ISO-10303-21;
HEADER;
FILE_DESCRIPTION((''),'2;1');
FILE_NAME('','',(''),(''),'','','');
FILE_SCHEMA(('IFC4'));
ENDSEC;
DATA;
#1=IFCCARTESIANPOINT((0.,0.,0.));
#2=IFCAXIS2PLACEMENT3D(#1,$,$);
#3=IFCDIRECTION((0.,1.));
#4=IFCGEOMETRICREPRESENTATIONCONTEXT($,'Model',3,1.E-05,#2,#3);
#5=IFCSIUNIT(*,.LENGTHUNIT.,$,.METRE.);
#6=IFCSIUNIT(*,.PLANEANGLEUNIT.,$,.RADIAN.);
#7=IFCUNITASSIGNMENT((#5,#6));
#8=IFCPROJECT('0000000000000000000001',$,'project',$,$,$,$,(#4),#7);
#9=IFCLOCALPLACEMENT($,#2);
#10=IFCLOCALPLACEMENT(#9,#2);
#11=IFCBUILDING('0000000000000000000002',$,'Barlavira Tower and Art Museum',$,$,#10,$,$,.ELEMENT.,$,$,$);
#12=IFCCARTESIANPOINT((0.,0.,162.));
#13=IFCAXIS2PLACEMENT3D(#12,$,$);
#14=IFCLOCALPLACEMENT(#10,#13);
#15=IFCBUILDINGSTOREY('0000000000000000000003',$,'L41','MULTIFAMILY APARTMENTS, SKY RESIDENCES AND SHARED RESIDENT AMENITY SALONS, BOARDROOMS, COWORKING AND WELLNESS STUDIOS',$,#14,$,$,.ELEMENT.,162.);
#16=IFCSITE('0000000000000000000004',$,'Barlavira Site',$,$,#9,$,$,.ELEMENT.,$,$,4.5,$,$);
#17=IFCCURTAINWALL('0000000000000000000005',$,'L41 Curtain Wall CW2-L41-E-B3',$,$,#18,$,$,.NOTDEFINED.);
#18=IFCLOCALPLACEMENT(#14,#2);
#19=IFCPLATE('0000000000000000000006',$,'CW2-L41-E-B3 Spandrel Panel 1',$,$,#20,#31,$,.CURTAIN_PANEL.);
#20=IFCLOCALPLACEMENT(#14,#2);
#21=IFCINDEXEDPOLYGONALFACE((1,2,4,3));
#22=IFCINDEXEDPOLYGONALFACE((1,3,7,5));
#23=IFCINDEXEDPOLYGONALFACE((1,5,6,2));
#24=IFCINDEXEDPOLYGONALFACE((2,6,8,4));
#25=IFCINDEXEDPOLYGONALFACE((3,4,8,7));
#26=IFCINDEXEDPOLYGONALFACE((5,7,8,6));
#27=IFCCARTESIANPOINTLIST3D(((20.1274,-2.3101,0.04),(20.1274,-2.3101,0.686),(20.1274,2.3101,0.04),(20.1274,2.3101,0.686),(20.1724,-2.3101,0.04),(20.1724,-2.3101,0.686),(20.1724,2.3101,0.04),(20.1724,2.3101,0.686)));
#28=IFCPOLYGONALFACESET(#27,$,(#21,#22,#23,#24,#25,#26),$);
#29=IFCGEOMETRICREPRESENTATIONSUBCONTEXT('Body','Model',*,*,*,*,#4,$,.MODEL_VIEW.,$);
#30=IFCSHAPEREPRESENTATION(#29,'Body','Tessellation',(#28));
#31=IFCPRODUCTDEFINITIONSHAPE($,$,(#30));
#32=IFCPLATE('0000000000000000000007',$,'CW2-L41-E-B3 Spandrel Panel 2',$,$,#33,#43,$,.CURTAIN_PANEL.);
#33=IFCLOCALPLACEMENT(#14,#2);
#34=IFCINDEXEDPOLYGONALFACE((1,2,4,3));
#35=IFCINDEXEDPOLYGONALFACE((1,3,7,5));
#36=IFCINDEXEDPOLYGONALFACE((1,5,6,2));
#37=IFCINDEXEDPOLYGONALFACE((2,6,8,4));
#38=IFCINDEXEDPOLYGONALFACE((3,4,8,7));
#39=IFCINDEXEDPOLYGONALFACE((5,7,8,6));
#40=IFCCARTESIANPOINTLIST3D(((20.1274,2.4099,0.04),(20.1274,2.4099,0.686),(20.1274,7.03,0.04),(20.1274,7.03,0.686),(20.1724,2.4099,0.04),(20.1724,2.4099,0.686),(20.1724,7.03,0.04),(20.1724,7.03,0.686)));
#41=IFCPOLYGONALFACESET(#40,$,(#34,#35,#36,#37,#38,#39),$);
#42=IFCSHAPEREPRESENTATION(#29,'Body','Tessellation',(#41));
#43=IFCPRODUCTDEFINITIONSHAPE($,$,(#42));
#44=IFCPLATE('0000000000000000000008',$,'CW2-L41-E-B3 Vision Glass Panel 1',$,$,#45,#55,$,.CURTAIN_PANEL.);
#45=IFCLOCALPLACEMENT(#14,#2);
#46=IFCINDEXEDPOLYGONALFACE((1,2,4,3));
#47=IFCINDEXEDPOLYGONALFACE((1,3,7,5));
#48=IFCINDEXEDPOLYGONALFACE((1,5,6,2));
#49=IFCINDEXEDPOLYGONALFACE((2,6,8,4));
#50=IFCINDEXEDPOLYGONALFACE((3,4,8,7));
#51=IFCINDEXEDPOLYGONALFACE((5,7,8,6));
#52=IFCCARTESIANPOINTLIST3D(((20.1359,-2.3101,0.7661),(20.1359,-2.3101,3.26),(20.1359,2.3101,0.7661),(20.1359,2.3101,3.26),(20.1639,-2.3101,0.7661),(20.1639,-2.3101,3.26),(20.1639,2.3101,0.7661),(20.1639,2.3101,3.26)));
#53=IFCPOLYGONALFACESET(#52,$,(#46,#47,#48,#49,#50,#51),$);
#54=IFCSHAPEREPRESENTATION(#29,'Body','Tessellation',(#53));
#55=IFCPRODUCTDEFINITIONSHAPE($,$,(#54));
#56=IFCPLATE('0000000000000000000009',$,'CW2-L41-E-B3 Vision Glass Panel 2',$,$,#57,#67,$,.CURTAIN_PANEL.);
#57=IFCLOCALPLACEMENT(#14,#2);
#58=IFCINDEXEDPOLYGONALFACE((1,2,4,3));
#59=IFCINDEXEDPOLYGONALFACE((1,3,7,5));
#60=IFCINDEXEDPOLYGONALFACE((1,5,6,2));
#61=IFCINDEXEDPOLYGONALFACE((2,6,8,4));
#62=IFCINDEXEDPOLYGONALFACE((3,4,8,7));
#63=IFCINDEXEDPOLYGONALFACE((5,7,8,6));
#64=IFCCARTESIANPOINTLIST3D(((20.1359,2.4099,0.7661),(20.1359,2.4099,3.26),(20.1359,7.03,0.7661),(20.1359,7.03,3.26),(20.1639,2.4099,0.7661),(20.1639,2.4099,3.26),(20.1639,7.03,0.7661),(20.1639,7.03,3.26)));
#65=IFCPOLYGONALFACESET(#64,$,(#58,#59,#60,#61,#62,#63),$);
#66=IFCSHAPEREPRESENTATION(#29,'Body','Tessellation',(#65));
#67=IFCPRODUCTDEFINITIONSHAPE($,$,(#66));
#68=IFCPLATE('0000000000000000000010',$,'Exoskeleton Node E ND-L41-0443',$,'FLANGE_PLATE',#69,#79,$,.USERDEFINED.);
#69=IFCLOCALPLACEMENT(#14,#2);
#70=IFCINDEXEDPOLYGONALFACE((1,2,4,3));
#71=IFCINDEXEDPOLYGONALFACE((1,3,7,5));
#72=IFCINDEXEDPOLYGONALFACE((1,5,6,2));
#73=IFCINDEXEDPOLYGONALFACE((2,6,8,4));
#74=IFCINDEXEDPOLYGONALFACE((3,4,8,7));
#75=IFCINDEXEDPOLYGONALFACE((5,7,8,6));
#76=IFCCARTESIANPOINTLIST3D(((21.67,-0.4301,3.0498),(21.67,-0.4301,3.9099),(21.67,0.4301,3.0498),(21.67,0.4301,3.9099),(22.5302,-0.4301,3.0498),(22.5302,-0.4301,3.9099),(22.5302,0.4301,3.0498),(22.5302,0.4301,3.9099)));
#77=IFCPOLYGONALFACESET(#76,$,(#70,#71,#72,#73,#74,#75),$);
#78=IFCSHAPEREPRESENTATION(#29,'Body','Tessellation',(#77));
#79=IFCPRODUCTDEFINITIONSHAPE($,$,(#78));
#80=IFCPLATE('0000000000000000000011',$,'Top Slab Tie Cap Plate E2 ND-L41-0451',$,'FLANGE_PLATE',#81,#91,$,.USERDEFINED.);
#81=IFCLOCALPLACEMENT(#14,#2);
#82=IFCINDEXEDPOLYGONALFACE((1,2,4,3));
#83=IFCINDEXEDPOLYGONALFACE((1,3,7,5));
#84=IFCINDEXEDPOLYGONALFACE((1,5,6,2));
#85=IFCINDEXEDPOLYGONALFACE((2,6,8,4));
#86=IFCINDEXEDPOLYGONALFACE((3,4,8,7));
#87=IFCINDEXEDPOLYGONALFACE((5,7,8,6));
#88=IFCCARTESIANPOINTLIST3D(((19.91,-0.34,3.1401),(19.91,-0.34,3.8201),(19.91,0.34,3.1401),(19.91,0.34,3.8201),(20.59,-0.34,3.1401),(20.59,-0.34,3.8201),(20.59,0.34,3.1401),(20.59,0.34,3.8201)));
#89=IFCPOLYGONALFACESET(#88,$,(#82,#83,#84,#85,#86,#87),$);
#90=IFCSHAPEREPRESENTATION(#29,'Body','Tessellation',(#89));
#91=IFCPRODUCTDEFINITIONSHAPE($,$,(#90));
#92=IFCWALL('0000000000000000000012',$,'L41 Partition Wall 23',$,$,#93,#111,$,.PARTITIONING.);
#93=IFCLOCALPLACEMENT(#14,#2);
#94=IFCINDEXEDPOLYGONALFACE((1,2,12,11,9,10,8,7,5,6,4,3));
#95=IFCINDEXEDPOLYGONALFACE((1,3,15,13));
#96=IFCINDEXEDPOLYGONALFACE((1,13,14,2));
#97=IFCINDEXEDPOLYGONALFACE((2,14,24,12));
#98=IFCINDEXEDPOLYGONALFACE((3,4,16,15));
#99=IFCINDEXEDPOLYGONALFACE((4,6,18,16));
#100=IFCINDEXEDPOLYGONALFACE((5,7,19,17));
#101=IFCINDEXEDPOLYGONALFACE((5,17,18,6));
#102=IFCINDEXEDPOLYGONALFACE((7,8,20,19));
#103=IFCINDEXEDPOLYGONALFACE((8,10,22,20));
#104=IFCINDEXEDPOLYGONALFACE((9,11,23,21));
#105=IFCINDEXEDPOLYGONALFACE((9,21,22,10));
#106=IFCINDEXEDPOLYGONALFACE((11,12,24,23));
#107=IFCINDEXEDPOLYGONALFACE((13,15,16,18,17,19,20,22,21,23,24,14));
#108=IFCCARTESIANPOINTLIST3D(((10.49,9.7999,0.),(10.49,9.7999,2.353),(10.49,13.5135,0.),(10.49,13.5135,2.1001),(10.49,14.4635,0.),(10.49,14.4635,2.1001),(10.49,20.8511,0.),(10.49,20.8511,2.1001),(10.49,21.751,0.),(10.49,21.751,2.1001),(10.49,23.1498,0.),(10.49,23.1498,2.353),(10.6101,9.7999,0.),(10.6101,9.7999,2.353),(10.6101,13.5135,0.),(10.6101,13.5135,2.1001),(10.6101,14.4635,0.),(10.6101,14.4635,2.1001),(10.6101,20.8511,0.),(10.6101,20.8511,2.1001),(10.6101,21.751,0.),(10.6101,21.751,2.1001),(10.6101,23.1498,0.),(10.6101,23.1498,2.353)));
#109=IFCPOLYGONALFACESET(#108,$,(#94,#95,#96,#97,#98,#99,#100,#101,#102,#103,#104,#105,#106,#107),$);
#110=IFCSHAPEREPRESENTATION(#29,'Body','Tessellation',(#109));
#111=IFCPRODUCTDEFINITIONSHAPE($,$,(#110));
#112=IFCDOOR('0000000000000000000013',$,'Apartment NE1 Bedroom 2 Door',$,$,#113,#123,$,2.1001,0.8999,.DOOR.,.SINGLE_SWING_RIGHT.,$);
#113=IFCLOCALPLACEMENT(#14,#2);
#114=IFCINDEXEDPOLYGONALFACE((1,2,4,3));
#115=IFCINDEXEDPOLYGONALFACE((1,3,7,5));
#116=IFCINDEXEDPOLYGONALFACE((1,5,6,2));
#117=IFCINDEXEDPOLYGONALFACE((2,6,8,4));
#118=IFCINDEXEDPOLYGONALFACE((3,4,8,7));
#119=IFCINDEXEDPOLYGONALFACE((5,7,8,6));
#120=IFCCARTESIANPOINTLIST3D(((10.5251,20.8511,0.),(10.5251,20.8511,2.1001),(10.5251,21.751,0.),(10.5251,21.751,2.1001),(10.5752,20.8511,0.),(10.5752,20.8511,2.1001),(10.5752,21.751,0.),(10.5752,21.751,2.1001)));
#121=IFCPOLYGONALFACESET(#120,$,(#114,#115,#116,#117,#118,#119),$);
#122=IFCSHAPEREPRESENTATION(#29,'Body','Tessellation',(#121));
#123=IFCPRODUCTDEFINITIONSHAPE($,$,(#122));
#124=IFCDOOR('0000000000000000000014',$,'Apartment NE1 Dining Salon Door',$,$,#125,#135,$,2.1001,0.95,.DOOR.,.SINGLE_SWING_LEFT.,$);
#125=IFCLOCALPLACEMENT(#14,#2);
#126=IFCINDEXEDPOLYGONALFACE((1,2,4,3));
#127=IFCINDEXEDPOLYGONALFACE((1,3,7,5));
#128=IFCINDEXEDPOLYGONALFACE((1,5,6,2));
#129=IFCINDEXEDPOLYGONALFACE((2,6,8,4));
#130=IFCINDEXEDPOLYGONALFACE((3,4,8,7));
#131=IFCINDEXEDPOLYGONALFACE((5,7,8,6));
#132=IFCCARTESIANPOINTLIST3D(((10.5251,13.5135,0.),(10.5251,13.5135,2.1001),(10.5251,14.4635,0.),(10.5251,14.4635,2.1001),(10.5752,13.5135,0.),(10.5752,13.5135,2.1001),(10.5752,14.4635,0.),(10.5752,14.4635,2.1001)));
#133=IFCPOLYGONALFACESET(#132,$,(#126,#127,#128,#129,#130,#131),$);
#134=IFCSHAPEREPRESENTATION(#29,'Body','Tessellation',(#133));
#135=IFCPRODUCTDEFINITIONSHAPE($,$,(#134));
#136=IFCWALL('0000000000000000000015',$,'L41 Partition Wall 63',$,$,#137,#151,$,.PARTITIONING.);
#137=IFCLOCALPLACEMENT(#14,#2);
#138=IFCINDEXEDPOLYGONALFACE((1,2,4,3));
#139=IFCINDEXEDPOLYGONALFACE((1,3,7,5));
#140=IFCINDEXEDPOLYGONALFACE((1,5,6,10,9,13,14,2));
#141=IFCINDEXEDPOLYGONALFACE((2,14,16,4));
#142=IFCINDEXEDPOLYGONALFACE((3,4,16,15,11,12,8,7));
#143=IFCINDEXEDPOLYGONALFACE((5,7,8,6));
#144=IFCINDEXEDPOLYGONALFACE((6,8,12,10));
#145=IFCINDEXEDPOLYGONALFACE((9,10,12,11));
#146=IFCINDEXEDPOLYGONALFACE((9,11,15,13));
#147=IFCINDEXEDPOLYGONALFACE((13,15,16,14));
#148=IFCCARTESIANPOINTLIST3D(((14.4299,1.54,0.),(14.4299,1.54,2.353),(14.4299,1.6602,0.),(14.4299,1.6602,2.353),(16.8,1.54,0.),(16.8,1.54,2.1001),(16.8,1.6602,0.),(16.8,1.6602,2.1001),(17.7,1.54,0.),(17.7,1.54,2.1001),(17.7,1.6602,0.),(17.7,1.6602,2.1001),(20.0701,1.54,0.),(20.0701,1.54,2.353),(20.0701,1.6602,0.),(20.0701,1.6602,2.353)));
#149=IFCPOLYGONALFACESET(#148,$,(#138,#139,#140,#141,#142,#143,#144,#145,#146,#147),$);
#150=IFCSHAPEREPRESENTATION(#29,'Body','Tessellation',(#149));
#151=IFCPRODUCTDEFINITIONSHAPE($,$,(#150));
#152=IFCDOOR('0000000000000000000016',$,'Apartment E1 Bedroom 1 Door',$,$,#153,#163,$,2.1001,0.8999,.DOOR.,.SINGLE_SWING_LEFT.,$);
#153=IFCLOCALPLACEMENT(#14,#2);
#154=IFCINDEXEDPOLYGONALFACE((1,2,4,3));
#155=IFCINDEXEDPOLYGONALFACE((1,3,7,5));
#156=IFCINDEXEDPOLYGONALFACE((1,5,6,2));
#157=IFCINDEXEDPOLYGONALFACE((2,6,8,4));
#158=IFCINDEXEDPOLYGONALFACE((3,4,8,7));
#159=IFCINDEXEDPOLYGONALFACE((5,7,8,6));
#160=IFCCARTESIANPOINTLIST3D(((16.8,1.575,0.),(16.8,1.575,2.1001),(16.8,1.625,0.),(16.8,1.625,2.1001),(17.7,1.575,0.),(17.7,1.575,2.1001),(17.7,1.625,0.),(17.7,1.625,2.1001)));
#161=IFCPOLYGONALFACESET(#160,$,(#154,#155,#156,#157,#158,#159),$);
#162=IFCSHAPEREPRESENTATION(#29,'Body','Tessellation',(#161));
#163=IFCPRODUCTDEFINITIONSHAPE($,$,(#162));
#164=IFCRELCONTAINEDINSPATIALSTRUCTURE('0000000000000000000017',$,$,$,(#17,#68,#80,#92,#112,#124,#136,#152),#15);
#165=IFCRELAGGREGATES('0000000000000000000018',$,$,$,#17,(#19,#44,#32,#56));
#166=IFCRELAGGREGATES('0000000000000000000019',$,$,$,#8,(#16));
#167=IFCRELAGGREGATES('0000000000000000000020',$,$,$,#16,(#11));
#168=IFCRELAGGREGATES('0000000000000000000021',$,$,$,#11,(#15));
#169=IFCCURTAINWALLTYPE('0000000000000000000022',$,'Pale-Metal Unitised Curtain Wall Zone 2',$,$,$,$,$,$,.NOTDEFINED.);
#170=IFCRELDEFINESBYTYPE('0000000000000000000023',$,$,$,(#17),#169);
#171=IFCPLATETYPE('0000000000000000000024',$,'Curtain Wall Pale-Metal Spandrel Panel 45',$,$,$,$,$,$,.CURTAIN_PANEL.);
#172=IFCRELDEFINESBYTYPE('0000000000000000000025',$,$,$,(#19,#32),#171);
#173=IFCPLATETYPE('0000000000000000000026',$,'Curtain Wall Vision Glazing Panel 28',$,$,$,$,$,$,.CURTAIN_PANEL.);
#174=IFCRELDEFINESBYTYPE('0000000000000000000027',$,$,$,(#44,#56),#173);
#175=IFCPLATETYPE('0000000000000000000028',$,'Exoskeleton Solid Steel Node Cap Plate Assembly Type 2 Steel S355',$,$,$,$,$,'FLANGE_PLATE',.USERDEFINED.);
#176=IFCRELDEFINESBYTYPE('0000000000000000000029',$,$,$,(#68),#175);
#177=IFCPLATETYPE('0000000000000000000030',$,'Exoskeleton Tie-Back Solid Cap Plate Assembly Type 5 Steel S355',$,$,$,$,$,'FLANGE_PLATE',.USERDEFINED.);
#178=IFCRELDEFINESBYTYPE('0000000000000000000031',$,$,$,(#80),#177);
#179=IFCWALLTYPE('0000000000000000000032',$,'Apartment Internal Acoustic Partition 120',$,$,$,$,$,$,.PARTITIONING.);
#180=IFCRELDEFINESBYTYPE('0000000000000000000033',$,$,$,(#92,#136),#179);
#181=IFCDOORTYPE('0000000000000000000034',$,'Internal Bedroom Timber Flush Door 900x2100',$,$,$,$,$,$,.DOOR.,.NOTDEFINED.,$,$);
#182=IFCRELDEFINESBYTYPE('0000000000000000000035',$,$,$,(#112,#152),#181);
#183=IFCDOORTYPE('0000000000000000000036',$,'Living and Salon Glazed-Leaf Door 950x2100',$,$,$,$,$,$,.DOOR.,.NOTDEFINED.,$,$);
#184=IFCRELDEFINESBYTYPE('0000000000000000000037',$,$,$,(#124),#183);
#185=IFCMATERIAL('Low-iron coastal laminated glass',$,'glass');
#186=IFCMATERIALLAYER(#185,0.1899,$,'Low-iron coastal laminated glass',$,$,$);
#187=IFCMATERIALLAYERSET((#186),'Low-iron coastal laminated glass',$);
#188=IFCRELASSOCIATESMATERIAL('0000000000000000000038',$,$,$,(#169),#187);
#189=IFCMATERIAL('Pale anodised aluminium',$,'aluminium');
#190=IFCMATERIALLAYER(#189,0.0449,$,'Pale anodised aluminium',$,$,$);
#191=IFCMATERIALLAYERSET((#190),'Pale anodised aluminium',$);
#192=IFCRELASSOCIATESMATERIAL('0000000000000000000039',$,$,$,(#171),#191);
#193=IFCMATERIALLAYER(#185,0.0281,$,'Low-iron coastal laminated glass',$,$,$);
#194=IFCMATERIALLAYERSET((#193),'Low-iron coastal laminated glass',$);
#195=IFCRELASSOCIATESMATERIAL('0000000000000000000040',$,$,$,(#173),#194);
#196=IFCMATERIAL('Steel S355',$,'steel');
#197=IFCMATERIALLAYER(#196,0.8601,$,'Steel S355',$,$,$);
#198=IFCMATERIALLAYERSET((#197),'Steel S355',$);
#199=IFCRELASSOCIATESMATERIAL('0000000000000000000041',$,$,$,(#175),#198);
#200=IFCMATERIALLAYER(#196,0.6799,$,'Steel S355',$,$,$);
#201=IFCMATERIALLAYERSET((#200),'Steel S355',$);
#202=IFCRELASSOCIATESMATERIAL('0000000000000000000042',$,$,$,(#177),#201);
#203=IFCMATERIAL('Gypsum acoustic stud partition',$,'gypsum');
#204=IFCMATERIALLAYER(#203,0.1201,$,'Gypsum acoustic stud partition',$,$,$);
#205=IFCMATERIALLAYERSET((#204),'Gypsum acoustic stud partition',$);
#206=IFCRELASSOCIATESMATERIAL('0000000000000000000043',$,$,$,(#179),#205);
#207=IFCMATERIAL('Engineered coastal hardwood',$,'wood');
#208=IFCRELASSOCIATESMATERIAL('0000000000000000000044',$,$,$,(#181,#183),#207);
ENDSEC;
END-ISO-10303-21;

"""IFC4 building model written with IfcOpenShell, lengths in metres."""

from ifc_helpers import new_model, si_unit, direction, frame, frame_2d, origin, origin_2d, place, context, subcontext, project, spatial, rectangle, extrude, material, layer, layer_set, type_object, element, fill, aggregate, save


model = new_model("IFC4")

# Units and contexts
model_context = context("Model", 3, precision=1e-05, world=origin(), true_north=direction((0.0, 1.0)))
body_context = subcontext(model_context, "Body", "Model", "MODEL_VIEW")
ifc_project = project(units=[si_unit("LENGTHUNIT", "METRE"), si_unit("PLANEANGLEUNIT", "RADIAN")], contexts=[model_context])

# Site, building, storey
site_placement = place(None, origin())
site = spatial("IfcSite", under=ifc_project, at=site_placement, Name="Barlavira Site", CompositionType="ELEMENT", RefElevation=4.5)
building_placement = place(site_placement, origin())
building = spatial("IfcBuilding", under=site, at=building_placement, Name="Barlavira Tower and Art Museum", CompositionType="ELEMENT")
storey_placement = place(building_placement, frame((0.0, 0.0, 162.0)))
storey = spatial("IfcBuildingStorey", under=building, at=storey_placement, Name="L41", Description="MULTIFAMILY APARTMENTS, SKY RESIDENCES AND SHARED RESIDENT AMENITY SALONS, BOARDROOMS, COWORKING AND WELLNESS STUDIOS", CompositionType="ELEMENT", Elevation=162.0)

# Curtain wall
ifc_material_1 = material(Name="Low-iron coastal laminated glass", Category="glass")
ifc_layer_1 = layer(ifc_material_1, 0.1899, Name="Low-iron coastal laminated glass")
ifc_layer_set_1 = layer_set([ifc_layer_1], Name="Low-iron coastal laminated glass")
curtain_wall_type = type_object("IfcCurtainWallType", Name="Pale-Metal Unitised Curtain Wall Zone 2", PredefinedType="NOTDEFINED", material=ifc_layer_set_1)
curtain_wall_placement = place(storey_placement, origin())
curtain_wall = element("IfcCurtainWall", 1, at=curtain_wall_placement, inside=storey, type_object=curtain_wall_type, Name="L41 Curtain Wall CW2-L41-E-B3", PredefinedType="NOTDEFINED")
ifc_material_2 = material(Name="Pale anodised aluminium", Category="aluminium")

# Shared definitions
ifc_material_3 = material(Name="Steel S355", Category="steel")

# Plates
ifc_layer_2 = layer(ifc_material_2, 0.0449, Name="Pale anodised aluminium")
ifc_layer_set_2 = layer_set([ifc_layer_2], Name="Pale anodised aluminium")
plate_type_1 = type_object("IfcPlateType", Name="Curtain Wall Pale-Metal Spandrel Panel 45", PredefinedType="CURTAIN_PANEL", material=ifc_layer_set_2)
plate_1_placement = place(storey_placement, frame((20.1499, 0.0, 0.04), z_axis=(0.0, 0.0, 1.0), x_axis=(0.0, 1.0, 0.0)))
plate_1 = element("IfcPlate", 2, at=plate_1_placement, type_object=plate_type_1, Name="CW2-L41-E-B3 Spandrel Panel 1", PredefinedType="CURTAIN_PANEL", context=body_context, shape_type="SweptSolid", body=[
    extrude(rectangle(XDim=4.6201, YDim=0.0449, at=origin_2d()), origin(), (0.0, 0.0, 1.0), 0.646),
])
plate_2_placement = place(storey_placement, frame((20.1499, 4.72, 0.04), z_axis=(0.0, 0.0, 1.0), x_axis=(0.0, 1.0, 0.0)))
plate_2 = element("IfcPlate", 3, at=plate_2_placement, type_object=plate_type_1, Name="CW2-L41-E-B3 Spandrel Panel 2", PredefinedType="CURTAIN_PANEL", context=body_context, shape_type="SweptSolid", body=[
    extrude(rectangle(XDim=4.6201, YDim=0.0449, at=origin_2d()), origin(), (0.0, 0.0, 1.0), 0.646),
])
ifc_layer_3 = layer(ifc_material_1, 0.0281, Name="Low-iron coastal laminated glass")
ifc_layer_set_3 = layer_set([ifc_layer_3], Name="Low-iron coastal laminated glass")
plate_type_2 = type_object("IfcPlateType", Name="Curtain Wall Vision Glazing Panel 28", PredefinedType="CURTAIN_PANEL", material=ifc_layer_set_3)
plate_3_placement = place(storey_placement, frame((20.1499, 0.0, 0.7661), z_axis=(0.0, 0.0, 1.0), x_axis=(0.0, 1.0, 0.0)))
plate_3 = element("IfcPlate", 4, at=plate_3_placement, type_object=plate_type_2, Name="CW2-L41-E-B3 Vision Glass Panel 1", PredefinedType="CURTAIN_PANEL", context=body_context, shape_type="SweptSolid", body=[
    extrude(rectangle(XDim=4.6201, YDim=0.0281, at=origin_2d()), origin(), (0.0, 0.0, 1.0), 2.4939),
])
plate_4_placement = place(storey_placement, frame((20.1499, 4.72, 0.7661), z_axis=(0.0, 0.0, 1.0), x_axis=(0.0, 1.0, 0.0)))
plate_4 = element("IfcPlate", 5, at=plate_4_placement, type_object=plate_type_2, Name="CW2-L41-E-B3 Vision Glass Panel 2", PredefinedType="CURTAIN_PANEL", context=body_context, shape_type="SweptSolid", body=[
    extrude(rectangle(XDim=4.6201, YDim=0.0281, at=origin_2d()), origin(), (0.0, 0.0, 1.0), 2.4939),
])
aggregate(curtain_wall, [plate_1, plate_3, plate_2, plate_4])

# Plates
ifc_layer_4 = layer(ifc_material_3, 0.8601, Name="Steel S355")
ifc_layer_set_4 = layer_set([ifc_layer_4], Name="Steel S355")
plate_type_3 = type_object("IfcPlateType", Name="Exoskeleton Solid Steel Node Cap Plate Assembly Type 2 Steel S355", ElementType="FLANGE_PLATE", PredefinedType="USERDEFINED", material=ifc_layer_set_4)
plate_5_placement = place(storey_placement, frame((22.1001, 0.0, 3.0498), z_axis=(0.0, 0.0, 1.0), x_axis=(1.0, 0.0, 0.0)))
element("IfcPlate", 6, at=plate_5_placement, inside=storey, type_object=plate_type_3, Name="Exoskeleton Node E ND-L41-0443", ObjectType="FLANGE_PLATE", PredefinedType="USERDEFINED", context=body_context, shape_type="SweptSolid", body=[
    extrude(rectangle(XDim=0.8601, YDim=0.8601, at=origin_2d()), origin(), (0.0, 0.0, 1.0), 0.8601),
])
ifc_layer_5 = layer(ifc_material_3, 0.6799, Name="Steel S355")
ifc_layer_set_5 = layer_set([ifc_layer_5], Name="Steel S355")
plate_type_4 = type_object("IfcPlateType", Name="Exoskeleton Tie-Back Solid Cap Plate Assembly Type 5 Steel S355", ElementType="FLANGE_PLATE", PredefinedType="USERDEFINED", material=ifc_layer_set_5)
plate_6_placement = place(storey_placement, frame((20.25, 0.0, 3.1401), z_axis=(0.0, 0.0, 1.0), x_axis=(1.0, 0.0, 0.0)))
element("IfcPlate", 7, at=plate_6_placement, inside=storey, type_object=plate_type_4, Name="Top Slab Tie Cap Plate E2 ND-L41-0451", ObjectType="FLANGE_PLATE", PredefinedType="USERDEFINED", context=body_context, shape_type="SweptSolid", body=[
    extrude(rectangle(XDim=0.6799, YDim=0.6799, at=origin_2d()), origin(), (0.0, 0.0, 1.0), 0.6799),
])

# Wall, openings, doors
ifc_material_4 = material(Name="Gypsum acoustic stud partition", Category="gypsum")
ifc_layer_6 = layer(ifc_material_4, 0.1201, Name="Gypsum acoustic stud partition")
ifc_layer_set_6 = layer_set([ifc_layer_6], Name="Gypsum acoustic stud partition")
wall_type_1 = type_object("IfcWallType", Name="Apartment Internal Acoustic Partition 120", PredefinedType="PARTITIONING", material=ifc_layer_set_6)
wall_1_placement = place(storey_placement, frame((10.55, 9.8, 0.0), z_axis=(0.0, 0.0, 1.0), x_axis=(0.0, 1.0, 0.0)))
wall_1 = element("IfcWall", 8, at=wall_1_placement, inside=storey, type_object=wall_type_1, Name="L41 Partition Wall 23", PredefinedType="PARTITIONING", context=body_context, shape_type="SweptSolid", body=[
    extrude(rectangle(XDim=13.3499, YDim=0.1201, at=frame_2d((6.6748, 0.0))), origin(), (0.0, 0.0, 1.0), 2.353),
])
opening_1_placement = place(wall_1_placement, frame((3.7134, 0.0, 0.0)))
opening_1 = element("IfcOpeningElement", 9, at=opening_1_placement, cuts=wall_1, PredefinedType="OPENING", context=body_context, shape_type="SweptSolid", body=[
    extrude(rectangle(XDim=0.95, YDim=2.1001, at=frame_2d((0.4751, 1.05))), frame((0.0, 0.0701, 0.0), z_axis=(0.0, -1.0, 0.0), x_axis=(1.0, 0.0, 0.0)), (0.0, 0.0, 1.0), 0.1401),
])
opening_2_placement = place(wall_1_placement, frame((11.051, 0.0, 0.0)))
opening_2 = element("IfcOpeningElement", 10, at=opening_2_placement, cuts=wall_1, PredefinedType="OPENING", context=body_context, shape_type="SweptSolid", body=[
    extrude(rectangle(XDim=0.8999, YDim=2.1001, at=frame_2d((0.45, 1.05))), frame((0.0, 0.0701, 0.0), z_axis=(0.0, -1.0, 0.0), x_axis=(1.0, 0.0, 0.0)), (0.0, 0.0, 1.0), 0.1401),
])
ifc_material_5 = material(Name="Engineered coastal hardwood", Category="wood")
door_type_1 = type_object("IfcDoorType", Name="Internal Bedroom Timber Flush Door 900x2100", OperationType="NOTDEFINED", PredefinedType="DOOR", material=ifc_material_5)
door_1_placement = place(opening_2_placement, origin())
door_1 = element("IfcDoor", 11, at=door_1_placement, inside=storey, type_object=door_type_1, Name="Apartment NE1 Bedroom 2 Door", OperationType="SINGLE_SWING_RIGHT", OverallHeight=2.1001, OverallWidth=0.8999, PredefinedType="DOOR", context=body_context, shape_type="SweptSolid", body=[
    extrude(rectangle(XDim=0.8999, YDim=2.1001, at=frame_2d((0.45, 1.05))), frame((0.0, 0.0249, 0.0), z_axis=(0.0, -1.0, 0.0), x_axis=(1.0, 0.0, 0.0)), (0.0, 0.0, 1.0), 0.05),
])
fill(opening_2, door_1)
door_type_2 = type_object("IfcDoorType", Name="Living and Salon Glazed-Leaf Door 950x2100", OperationType="NOTDEFINED", PredefinedType="DOOR", material=ifc_material_5)
door_2_placement = place(opening_1_placement, origin())
door_2 = element("IfcDoor", 12, at=door_2_placement, inside=storey, type_object=door_type_2, Name="Apartment NE1 Dining Salon Door", OperationType="SINGLE_SWING_LEFT", OverallHeight=2.1001, OverallWidth=0.95, PredefinedType="DOOR", context=body_context, shape_type="SweptSolid", body=[
    extrude(rectangle(XDim=0.95, YDim=2.1001, at=frame_2d((0.4751, 1.05))), frame((0.0, 0.0249, 0.0), z_axis=(0.0, -1.0, 0.0), x_axis=(1.0, 0.0, 0.0)), (0.0, 0.0, 1.0), 0.05),
])
fill(opening_1, door_2)

# Wall, opening, door
wall_2_placement = place(storey_placement, frame((14.4299, 1.6001, 0.0), z_axis=(0.0, 0.0, 1.0), x_axis=(1.0, 0.0, 0.0)))
wall_2 = element("IfcWall", 13, at=wall_2_placement, inside=storey, type_object=wall_type_1, Name="L41 Partition Wall 63", PredefinedType="PARTITIONING", context=body_context, shape_type="SweptSolid", body=[
    extrude(rectangle(XDim=5.6401, YDim=0.1201, at=frame_2d((2.8201, 0.0))), origin(), (0.0, 0.0, 1.0), 2.353),
])
opening_3_placement = place(wall_2_placement, frame((2.3701, 0.0, 0.0)))
opening_3 = element("IfcOpeningElement", 14, at=opening_3_placement, cuts=wall_2, PredefinedType="OPENING", context=body_context, shape_type="SweptSolid", body=[
    extrude(rectangle(XDim=0.8999, YDim=2.1001, at=frame_2d((0.45, 1.05))), frame((0.0, 0.0701, 0.0), z_axis=(0.0, -1.0, 0.0), x_axis=(1.0, 0.0, 0.0)), (0.0, 0.0, 1.0), 0.1401),
])
door_3_placement = place(opening_3_placement, origin())
door_3 = element("IfcDoor", 15, at=door_3_placement, inside=storey, type_object=door_type_1, Name="Apartment E1 Bedroom 1 Door", OperationType="SINGLE_SWING_LEFT", OverallHeight=2.1001, OverallWidth=0.8999, PredefinedType="DOOR", context=body_context, shape_type="SweptSolid", body=[
    extrude(rectangle(XDim=0.8999, YDim=2.1001, at=frame_2d((0.45, 1.05))), frame((0.0, 0.0249, 0.0), z_axis=(0.0, -1.0, 0.0), x_axis=(1.0, 0.0, 0.0)), (0.0, 0.0, 1.0), 0.05),
])
fill(opening_3, door_3)

save(model, "model.ifc")
